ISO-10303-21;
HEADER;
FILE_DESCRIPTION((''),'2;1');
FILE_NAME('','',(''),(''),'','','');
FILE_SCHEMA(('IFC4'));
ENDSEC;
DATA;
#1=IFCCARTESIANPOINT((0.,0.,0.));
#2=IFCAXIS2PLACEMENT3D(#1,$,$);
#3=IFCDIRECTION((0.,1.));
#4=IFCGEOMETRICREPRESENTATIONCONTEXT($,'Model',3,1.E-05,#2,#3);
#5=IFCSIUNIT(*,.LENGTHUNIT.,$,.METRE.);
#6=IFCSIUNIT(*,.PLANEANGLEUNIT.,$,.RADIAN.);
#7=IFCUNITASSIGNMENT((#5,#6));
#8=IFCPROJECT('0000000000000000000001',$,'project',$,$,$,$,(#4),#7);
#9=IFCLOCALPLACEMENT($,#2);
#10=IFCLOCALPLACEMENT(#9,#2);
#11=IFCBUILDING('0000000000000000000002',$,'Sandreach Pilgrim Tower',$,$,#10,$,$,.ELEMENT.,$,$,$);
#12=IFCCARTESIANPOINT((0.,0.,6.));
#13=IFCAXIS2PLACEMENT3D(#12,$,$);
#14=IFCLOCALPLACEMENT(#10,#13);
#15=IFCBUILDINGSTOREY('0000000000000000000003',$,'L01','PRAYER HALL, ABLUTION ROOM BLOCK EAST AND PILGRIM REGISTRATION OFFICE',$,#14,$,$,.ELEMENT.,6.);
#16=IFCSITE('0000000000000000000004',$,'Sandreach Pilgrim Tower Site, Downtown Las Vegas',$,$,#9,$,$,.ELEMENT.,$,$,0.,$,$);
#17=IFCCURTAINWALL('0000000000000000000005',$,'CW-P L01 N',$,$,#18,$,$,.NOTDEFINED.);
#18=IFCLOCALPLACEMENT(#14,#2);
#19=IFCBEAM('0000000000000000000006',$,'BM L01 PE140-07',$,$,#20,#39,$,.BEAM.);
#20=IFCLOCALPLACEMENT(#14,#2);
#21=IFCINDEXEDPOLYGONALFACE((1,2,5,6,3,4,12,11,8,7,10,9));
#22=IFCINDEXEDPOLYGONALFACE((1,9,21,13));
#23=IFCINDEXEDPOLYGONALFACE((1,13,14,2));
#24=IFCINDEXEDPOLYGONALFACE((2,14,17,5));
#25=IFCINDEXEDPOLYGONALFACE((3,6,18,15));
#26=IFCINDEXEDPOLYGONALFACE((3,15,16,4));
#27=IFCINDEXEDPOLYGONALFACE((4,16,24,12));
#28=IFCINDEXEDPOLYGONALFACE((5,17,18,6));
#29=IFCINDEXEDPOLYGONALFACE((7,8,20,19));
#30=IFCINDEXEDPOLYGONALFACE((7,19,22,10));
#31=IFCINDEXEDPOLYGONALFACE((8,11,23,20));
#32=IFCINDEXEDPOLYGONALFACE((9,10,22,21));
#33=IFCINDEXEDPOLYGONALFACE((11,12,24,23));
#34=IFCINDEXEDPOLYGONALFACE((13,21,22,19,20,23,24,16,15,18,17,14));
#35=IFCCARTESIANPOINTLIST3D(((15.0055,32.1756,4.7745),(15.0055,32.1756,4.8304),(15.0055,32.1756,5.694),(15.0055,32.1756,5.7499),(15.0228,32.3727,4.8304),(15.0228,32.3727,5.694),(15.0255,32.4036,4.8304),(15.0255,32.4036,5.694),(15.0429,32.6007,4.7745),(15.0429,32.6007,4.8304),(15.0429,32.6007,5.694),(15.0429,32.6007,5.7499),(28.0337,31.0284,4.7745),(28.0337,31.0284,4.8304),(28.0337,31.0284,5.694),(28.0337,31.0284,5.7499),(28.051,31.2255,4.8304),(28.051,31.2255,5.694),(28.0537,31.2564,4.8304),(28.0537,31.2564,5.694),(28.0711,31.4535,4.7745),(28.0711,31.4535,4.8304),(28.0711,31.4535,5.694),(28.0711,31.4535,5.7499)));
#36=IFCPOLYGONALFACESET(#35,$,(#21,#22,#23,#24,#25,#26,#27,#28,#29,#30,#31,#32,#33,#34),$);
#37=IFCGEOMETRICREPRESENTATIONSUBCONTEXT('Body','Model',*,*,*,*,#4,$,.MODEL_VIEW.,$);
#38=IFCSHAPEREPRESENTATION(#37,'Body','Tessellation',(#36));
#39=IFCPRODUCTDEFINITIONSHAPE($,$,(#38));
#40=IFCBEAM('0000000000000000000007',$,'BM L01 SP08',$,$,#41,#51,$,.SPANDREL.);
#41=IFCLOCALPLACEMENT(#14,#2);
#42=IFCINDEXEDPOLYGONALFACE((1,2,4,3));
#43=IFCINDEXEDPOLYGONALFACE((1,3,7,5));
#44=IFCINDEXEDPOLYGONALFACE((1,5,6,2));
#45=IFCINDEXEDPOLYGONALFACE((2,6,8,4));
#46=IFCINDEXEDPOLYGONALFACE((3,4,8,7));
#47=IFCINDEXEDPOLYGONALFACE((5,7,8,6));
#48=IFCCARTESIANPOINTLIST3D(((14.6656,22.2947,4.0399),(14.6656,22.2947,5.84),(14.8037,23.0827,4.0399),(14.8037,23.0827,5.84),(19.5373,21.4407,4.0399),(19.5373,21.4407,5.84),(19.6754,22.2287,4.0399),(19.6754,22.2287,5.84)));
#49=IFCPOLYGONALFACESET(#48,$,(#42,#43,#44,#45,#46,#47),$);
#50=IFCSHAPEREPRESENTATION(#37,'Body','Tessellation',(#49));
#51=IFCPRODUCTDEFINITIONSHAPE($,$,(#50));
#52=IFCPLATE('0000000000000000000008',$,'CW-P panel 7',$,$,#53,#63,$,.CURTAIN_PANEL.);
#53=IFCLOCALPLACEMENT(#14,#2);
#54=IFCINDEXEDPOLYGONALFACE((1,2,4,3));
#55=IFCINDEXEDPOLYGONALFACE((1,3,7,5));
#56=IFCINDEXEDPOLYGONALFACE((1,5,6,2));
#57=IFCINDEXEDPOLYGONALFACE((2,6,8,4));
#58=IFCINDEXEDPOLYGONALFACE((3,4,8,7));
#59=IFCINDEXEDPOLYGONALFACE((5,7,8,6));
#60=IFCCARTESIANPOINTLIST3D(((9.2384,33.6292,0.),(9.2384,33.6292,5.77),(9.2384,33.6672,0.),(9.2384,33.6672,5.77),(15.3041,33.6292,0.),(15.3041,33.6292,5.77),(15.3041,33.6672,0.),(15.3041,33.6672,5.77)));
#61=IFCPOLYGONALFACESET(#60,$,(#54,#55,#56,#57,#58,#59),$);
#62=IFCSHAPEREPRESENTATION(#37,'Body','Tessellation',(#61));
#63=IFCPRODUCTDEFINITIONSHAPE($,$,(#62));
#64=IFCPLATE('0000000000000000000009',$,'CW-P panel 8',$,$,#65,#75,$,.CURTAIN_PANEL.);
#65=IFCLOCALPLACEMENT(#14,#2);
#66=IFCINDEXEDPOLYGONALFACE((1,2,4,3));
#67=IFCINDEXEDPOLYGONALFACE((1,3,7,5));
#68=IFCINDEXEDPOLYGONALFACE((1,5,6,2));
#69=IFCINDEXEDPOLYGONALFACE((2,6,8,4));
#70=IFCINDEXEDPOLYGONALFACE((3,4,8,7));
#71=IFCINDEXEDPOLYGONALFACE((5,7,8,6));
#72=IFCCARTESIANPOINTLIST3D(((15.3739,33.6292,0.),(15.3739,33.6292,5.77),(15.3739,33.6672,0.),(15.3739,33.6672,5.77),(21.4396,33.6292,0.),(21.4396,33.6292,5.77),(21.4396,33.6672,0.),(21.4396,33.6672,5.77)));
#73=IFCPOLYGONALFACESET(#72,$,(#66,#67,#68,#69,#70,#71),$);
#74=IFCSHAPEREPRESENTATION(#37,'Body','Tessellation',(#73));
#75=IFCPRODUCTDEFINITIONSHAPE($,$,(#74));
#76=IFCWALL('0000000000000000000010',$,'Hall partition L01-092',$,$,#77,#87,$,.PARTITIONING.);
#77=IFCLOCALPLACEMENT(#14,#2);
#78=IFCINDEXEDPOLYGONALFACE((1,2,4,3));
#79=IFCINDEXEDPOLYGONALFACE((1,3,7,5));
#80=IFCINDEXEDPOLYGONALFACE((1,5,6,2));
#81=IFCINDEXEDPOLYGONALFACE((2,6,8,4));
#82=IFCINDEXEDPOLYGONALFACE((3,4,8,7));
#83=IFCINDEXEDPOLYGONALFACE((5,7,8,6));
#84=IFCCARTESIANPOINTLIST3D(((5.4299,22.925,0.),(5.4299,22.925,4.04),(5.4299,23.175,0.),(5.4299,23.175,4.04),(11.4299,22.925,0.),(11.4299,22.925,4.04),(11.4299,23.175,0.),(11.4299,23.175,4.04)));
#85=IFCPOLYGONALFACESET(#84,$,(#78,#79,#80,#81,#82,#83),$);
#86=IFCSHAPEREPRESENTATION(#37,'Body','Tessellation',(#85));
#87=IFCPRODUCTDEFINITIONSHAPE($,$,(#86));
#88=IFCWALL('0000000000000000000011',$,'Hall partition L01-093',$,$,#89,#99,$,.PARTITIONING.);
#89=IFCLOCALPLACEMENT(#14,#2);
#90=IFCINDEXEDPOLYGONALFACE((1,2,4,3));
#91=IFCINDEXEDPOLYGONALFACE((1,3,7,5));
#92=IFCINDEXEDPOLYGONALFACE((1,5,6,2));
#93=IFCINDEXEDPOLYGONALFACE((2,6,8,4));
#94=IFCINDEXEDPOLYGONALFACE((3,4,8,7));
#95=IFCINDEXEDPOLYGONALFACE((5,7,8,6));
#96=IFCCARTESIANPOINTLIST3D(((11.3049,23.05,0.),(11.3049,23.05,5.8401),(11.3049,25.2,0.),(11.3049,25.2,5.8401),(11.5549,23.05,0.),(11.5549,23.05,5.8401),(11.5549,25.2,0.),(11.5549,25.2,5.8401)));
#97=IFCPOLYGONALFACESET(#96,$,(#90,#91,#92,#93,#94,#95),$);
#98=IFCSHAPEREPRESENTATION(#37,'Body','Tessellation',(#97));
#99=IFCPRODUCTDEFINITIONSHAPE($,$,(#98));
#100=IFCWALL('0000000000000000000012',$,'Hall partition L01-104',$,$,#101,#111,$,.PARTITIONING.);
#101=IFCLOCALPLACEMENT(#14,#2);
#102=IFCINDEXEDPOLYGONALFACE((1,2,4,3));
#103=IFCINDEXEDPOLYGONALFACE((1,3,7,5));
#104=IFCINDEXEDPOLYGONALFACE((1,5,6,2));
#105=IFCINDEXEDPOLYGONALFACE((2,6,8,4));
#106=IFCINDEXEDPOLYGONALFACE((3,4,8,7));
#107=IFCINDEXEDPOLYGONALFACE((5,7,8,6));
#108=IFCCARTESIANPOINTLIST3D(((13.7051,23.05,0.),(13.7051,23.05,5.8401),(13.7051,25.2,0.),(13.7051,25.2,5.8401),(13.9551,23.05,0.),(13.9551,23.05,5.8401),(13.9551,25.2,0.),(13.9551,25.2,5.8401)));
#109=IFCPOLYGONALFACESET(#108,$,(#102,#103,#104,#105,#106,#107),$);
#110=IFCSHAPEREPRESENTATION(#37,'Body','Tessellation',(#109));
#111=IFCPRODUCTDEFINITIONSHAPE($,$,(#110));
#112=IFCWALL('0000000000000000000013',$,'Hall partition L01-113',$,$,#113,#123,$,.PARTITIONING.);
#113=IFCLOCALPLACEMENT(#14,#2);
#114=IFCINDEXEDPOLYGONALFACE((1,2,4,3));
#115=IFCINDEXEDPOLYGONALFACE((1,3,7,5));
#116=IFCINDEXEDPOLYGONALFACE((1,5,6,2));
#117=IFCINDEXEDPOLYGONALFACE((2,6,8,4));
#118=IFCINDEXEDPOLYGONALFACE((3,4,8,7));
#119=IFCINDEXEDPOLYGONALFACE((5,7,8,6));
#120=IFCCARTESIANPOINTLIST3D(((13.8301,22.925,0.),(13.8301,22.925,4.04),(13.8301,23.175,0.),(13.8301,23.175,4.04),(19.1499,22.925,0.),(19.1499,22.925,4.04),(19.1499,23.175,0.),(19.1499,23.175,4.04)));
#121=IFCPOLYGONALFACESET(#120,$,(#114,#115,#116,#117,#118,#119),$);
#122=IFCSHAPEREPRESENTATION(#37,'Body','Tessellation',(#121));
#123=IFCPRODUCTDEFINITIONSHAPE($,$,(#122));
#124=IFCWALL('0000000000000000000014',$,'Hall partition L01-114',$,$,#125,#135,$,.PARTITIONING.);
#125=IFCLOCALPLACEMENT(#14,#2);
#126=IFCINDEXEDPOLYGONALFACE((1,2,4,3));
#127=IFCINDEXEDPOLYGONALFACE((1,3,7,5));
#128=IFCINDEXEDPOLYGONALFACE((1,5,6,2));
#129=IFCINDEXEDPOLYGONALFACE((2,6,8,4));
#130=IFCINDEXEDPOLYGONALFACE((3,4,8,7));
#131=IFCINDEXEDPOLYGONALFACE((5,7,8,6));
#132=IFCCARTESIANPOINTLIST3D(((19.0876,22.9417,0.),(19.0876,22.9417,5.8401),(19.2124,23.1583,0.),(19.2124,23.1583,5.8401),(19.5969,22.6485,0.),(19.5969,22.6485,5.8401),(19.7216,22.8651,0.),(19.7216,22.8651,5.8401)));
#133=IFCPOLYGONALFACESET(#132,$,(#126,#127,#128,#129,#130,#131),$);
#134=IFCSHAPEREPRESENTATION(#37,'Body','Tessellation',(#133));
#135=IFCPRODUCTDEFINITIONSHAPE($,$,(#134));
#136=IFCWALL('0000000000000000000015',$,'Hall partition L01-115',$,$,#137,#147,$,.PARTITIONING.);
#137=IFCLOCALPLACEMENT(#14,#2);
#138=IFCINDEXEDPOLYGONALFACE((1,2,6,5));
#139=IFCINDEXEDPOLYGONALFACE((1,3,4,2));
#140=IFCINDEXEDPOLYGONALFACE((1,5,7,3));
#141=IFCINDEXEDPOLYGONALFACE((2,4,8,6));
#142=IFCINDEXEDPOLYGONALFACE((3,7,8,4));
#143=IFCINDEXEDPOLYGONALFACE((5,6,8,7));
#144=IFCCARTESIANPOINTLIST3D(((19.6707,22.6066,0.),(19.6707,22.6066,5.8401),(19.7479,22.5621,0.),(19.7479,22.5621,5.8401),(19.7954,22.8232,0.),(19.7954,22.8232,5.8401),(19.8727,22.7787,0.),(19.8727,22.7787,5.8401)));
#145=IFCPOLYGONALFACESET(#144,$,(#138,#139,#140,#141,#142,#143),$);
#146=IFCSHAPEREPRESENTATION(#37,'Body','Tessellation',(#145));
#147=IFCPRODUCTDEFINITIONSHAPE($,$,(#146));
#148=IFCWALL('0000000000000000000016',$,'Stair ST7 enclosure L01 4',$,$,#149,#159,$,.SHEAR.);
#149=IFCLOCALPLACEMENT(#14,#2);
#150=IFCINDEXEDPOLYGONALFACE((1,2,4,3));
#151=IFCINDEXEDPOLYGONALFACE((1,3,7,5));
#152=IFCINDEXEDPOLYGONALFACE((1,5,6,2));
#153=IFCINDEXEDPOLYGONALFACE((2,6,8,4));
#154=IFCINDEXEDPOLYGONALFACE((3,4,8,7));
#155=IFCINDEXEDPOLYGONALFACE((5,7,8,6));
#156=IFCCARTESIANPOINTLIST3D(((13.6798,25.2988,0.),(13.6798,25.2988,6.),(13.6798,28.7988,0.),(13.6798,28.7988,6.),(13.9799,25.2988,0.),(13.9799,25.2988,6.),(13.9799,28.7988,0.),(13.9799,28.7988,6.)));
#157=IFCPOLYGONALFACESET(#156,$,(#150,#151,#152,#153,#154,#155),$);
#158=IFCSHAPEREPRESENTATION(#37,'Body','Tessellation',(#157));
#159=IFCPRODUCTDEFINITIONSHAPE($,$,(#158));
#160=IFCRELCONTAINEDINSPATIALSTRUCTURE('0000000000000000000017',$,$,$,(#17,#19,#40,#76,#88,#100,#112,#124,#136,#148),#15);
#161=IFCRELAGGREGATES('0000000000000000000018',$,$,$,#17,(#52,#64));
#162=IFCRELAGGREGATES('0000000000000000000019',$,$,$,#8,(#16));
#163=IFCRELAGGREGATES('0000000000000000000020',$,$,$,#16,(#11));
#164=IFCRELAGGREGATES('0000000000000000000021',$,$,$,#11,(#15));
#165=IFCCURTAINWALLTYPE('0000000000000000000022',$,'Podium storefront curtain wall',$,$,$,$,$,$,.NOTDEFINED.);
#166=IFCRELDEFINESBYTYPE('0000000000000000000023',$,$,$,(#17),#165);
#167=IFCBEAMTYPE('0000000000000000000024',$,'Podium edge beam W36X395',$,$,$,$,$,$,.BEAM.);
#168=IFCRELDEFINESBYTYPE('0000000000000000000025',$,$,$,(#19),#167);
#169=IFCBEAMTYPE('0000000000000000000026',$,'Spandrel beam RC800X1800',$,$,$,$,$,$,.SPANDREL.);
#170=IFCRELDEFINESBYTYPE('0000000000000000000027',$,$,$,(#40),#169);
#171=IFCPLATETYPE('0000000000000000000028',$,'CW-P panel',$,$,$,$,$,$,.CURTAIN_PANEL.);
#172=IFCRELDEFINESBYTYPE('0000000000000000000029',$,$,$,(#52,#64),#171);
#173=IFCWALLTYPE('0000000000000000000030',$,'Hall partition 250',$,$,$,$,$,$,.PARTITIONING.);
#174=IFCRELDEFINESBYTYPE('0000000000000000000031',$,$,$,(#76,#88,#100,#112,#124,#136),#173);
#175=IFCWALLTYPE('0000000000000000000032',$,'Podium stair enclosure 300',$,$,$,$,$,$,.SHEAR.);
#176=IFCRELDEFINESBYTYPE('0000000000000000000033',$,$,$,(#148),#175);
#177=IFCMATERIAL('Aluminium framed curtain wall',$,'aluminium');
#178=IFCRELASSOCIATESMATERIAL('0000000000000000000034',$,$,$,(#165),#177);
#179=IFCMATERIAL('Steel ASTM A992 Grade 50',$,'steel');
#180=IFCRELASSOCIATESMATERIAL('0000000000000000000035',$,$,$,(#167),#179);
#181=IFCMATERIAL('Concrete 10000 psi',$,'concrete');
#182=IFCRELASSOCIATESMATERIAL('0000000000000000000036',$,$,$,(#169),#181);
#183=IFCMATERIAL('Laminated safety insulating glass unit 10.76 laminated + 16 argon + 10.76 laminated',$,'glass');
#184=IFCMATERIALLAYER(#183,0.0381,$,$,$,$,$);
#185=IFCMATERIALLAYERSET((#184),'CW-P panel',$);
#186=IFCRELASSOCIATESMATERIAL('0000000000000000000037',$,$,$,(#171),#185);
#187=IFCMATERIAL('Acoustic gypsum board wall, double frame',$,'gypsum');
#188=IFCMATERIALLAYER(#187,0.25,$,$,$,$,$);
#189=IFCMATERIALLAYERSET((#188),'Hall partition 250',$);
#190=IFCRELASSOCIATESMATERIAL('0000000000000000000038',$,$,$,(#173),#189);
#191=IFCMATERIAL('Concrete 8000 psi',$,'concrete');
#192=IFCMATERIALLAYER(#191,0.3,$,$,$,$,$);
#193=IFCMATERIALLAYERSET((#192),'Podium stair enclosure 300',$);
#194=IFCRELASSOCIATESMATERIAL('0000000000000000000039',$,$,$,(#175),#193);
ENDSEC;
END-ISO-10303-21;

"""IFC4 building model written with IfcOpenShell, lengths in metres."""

from ifc_helpers import new_model, si_unit, direction, frame, frame_2d, origin, origin_2d, place, context, subcontext, project, spatial, rectangle, i_section, extrude, material, layer, layer_set, material_profile, profile_set, type_object, element, aggregate, save


model = new_model("IFC4")

# Units and contexts
model_context = context("Model", 3, precision=1e-05, world=origin(), true_north=direction((0.0, 1.0)))
body_context = subcontext(model_context, "Body", "Model", "MODEL_VIEW")
ifc_project = project(units=[si_unit("LENGTHUNIT", "METRE"), si_unit("PLANEANGLEUNIT", "RADIAN")], contexts=[model_context])

# Site, building, storey
site_placement = place(None, origin())
site = spatial("IfcSite", under=ifc_project, at=site_placement, Name="Sandreach Pilgrim Tower Site, Downtown Las Vegas", CompositionType="ELEMENT", RefElevation=0.0)
building_placement = place(site_placement, origin())
building = spatial("IfcBuilding", under=site, at=building_placement, Name="Sandreach Pilgrim Tower", CompositionType="ELEMENT")
storey_placement = place(building_placement, frame((0.0, 0.0, 6.0)))
storey = spatial("IfcBuildingStorey", under=building, at=storey_placement, Name="L01", Description="PRAYER HALL, ABLUTION ROOM BLOCK EAST AND PILGRIM REGISTRATION OFFICE", CompositionType="ELEMENT", Elevation=6.0)

# Curtain wall
ifc_material_1 = material(Name="Aluminium framed curtain wall", Category="aluminium")
curtain_wall_type = type_object("IfcCurtainWallType", Name="Podium storefront curtain wall", PredefinedType="NOTDEFINED", material=ifc_material_1)
curtain_wall_placement = place(storey_placement, origin())
curtain_wall = element("IfcCurtainWall", 1, at=curtain_wall_placement, inside=storey, type_object=curtain_wall_type, Name="CW-P L01 N", PredefinedType="NOTDEFINED")

# Beams
ifc_material_2 = material(Name="Steel ASTM A992 Grade 50", Category="steel")
ifc_material_profile_1 = material_profile(ifc_material_2, i_section(OverallWidth=0.4268, OverallDepth=0.9753, WebThickness=0.031, FlangeThickness=0.0559, at=origin_2d()), Name="W36X395")
ifc_profile_set_1 = profile_set([ifc_material_profile_1], Name="Steel ASTM A992 Grade 50")
beam_type_1 = type_object("IfcBeamType", Name="Podium edge beam W36X395", PredefinedType="BEAM", material=ifc_profile_set_1)
beam_1_placement = place(storey_placement, frame((15.0242, 32.3882, 5.2622), z_axis=(0.996146, -0.087716, 0.0), x_axis=(0.087716, 0.996146, 0.0)))
element("IfcBeam", 2, at=beam_1_placement, inside=storey, type_object=beam_type_1, Name="BM L01 PE140-07", PredefinedType="BEAM", context=body_context, shape_type="SweptSolid", body=[
    extrude(i_section(OverallWidth=0.4268, OverallDepth=0.9753, WebThickness=0.031, FlangeThickness=0.0559, at=origin_2d()), origin(), (0.0, 0.0, 1.0), 13.0786),
])
ifc_material_3 = material(Name="Concrete 10000 psi", Category="concrete")
ifc_material_profile_2 = material_profile(ifc_material_3, rectangle(XDim=0.8, YDim=1.8, at=origin_2d()), Name="RC800X1800")
ifc_profile_set_2 = profile_set([ifc_material_profile_2], Name="Concrete 10000 psi")
beam_type_2 = type_object("IfcBeamType", Name="Spandrel beam RC800X1800", PredefinedType="SPANDREL", material=ifc_profile_set_2)
beam_2_placement = place(storey_placement, frame((14.7346, 22.6887, 4.9399), z_axis=(0.984981, -0.172662, 0.0), x_axis=(0.172662, 0.984981, 0.0)))
element("IfcBeam", 3, at=beam_2_placement, inside=storey, type_object=beam_type_2, Name="BM L01 SP08", PredefinedType="SPANDREL", context=body_context, shape_type="SweptSolid", body=[
    extrude(rectangle(XDim=0.8, YDim=1.8, at=origin_2d()), origin(), (0.0, 0.0, 1.0), 4.946),
])

# Plates
ifc_material_4 = material(Name="Laminated safety insulating glass unit 10.76 laminated + 16 argon + 10.76 laminated", Category="glass")
ifc_layer_1 = layer(ifc_material_4, 0.0381)
ifc_layer_set_1 = layer_set([ifc_layer_1], Name="CW-P panel")
plate_type = type_object("IfcPlateType", Name="CW-P panel", PredefinedType="CURTAIN_PANEL", material=ifc_layer_set_1)
plate_1_placement = place(storey_placement, frame((12.2712, 33.6482, 0.0), z_axis=(0.0, 0.0, 1.0), x_axis=(1.0, 0.0, 0.0)))
plate_1 = element("IfcPlate", 4, at=plate_1_placement, type_object=plate_type, Name="CW-P panel 7", PredefinedType="CURTAIN_PANEL", context=body_context, shape_type="SweptSolid", body=[
    extrude(rectangle(XDim=6.0657, YDim=0.0381, at=origin_2d()), origin(), (0.0, 0.0, 1.0), 5.77),
])
plate_2_placement = place(storey_placement, frame((18.4067, 33.6482, 0.0), z_axis=(0.0, 0.0, 1.0), x_axis=(1.0, 0.0, 0.0)))
plate_2 = element("IfcPlate", 5, at=plate_2_placement, type_object=plate_type, Name="CW-P panel 8", PredefinedType="CURTAIN_PANEL", context=body_context, shape_type="SweptSolid", body=[
    extrude(rectangle(XDim=6.0657, YDim=0.0381, at=origin_2d()), origin(), (0.0, 0.0, 1.0), 5.77),
])
aggregate(curtain_wall, [plate_1, plate_2])

# Walls
ifc_material_5 = material(Name="Acoustic gypsum board wall, double frame", Category="gypsum")
ifc_layer_2 = layer(ifc_material_5, 0.25)
ifc_layer_set_2 = layer_set([ifc_layer_2], Name="Hall partition 250")
wall_type_1 = type_object("IfcWallType", Name="Hall partition 250", PredefinedType="PARTITIONING", material=ifc_layer_set_2)
wall_1_placement = place(storey_placement, frame((11.4299, 23.05, 0.0), z_axis=(0.0, 0.0, 1.0), x_axis=(-1.0, 0.0, 0.0)))
element("IfcWall", 6, at=wall_1_placement, inside=storey, type_object=wall_type_1, Name="Hall partition L01-092", PredefinedType="PARTITIONING", context=body_context, shape_type="SweptSolid", body=[
    extrude(rectangle(XDim=6.0, YDim=0.25, at=frame_2d((3.0, 0.0))), origin(), (0.0, 0.0, 1.0), 4.04),
])
for number, where, z_axis, x_axis, name in (
    (7, (11.4299, 25.2, 0.0), (0.0, 0.0, 1.0), (0.0, -1.0, 0.0), "Hall partition L01-093"),
    (8, (13.8301, 23.05, 0.0), (0.0, 0.0, 1.0), (0.0, 1.0, 0.0), "Hall partition L01-104"),
):
    element("IfcWall", number, at=place(storey_placement, frame(where, z_axis=z_axis, x_axis=x_axis)), inside=storey, type_object=wall_type_1, Name=name, PredefinedType="PARTITIONING", context=body_context, shape_type="SweptSolid", body=[
        extrude(rectangle(XDim=2.1499, YDim=0.25, at=frame_2d((1.075, 0.0))), origin(), (0.0, 0.0, 1.0), 5.8401),
    ])
wall_2_placement = place(storey_placement, frame((19.1499, 23.05, 0.0), z_axis=(0.0, 0.0, 1.0), x_axis=(-1.0, 0.0, 0.0)))
element("IfcWall", 9, at=wall_2_placement, inside=storey, type_object=wall_type_1, Name="Hall partition L01-113", PredefinedType="PARTITIONING", context=body_context, shape_type="SweptSolid", body=[
    extrude(rectangle(XDim=5.3198, YDim=0.25, at=frame_2d((2.6599, 0.0))), origin(), (0.0, 0.0, 1.0), 4.04),
])
wall_3_placement = place(storey_placement, frame((19.1499, 23.05, 0.0), z_axis=(0.0, 0.0, 1.0), x_axis=(0.866628, -0.498955, 0.0)))
element("IfcWall", 10, at=wall_3_placement, inside=storey, type_object=wall_type_1, Name="Hall partition L01-114", PredefinedType="PARTITIONING", context=body_context, shape_type="SweptSolid", body=[
    extrude(rectangle(XDim=0.5876, YDim=0.25, at=frame_2d((0.2939, 0.0))), origin(), (0.0, 0.0, 1.0), 5.8401),
])
wall_4_placement = place(storey_placement, frame((19.7332, 22.7148, 0.0), z_axis=(0.0, 0.0, 1.0), x_axis=(0.866551, -0.499089, 0.0)))
element("IfcWall", 11, at=wall_4_placement, inside=storey, type_object=wall_type_1, Name="Hall partition L01-115", PredefinedType="PARTITIONING", context=body_context, shape_type="SweptSolid", body=[
    extrude(rectangle(XDim=0.0891, YDim=0.25, at=frame_2d((0.0444, 0.0))), origin(), (0.0, 0.0, 1.0), 5.8401),
])

# Shared definitions
ifc_material_6 = material(Name="Concrete 8000 psi", Category="concrete")
ifc_layer_3 = layer(ifc_material_6, 0.3)
ifc_layer_set_3 = layer_set([ifc_layer_3], Name="Podium stair enclosure 300")
wall_type_2 = type_object("IfcWallType", Name="Podium stair enclosure 300", PredefinedType="SHEAR", material=ifc_layer_set_3)

# Wall
wall_5_placement = place(storey_placement, frame((13.8298, 28.7988, 0.0), z_axis=(0.0, 0.0, 1.0), x_axis=(0.0, -1.0, 0.0)))
element("IfcWall", 12, at=wall_5_placement, inside=storey, type_object=wall_type_2, Name="Stair ST7 enclosure L01 4", PredefinedType="SHEAR", context=body_context, shape_type="SweptSolid", body=[
    extrude(rectangle(XDim=3.5, YDim=0.3, at=frame_2d((1.75, 0.0))), origin(), (0.0, 0.0, 1.0), 6.0),
])

save(model, "model.ifc")
